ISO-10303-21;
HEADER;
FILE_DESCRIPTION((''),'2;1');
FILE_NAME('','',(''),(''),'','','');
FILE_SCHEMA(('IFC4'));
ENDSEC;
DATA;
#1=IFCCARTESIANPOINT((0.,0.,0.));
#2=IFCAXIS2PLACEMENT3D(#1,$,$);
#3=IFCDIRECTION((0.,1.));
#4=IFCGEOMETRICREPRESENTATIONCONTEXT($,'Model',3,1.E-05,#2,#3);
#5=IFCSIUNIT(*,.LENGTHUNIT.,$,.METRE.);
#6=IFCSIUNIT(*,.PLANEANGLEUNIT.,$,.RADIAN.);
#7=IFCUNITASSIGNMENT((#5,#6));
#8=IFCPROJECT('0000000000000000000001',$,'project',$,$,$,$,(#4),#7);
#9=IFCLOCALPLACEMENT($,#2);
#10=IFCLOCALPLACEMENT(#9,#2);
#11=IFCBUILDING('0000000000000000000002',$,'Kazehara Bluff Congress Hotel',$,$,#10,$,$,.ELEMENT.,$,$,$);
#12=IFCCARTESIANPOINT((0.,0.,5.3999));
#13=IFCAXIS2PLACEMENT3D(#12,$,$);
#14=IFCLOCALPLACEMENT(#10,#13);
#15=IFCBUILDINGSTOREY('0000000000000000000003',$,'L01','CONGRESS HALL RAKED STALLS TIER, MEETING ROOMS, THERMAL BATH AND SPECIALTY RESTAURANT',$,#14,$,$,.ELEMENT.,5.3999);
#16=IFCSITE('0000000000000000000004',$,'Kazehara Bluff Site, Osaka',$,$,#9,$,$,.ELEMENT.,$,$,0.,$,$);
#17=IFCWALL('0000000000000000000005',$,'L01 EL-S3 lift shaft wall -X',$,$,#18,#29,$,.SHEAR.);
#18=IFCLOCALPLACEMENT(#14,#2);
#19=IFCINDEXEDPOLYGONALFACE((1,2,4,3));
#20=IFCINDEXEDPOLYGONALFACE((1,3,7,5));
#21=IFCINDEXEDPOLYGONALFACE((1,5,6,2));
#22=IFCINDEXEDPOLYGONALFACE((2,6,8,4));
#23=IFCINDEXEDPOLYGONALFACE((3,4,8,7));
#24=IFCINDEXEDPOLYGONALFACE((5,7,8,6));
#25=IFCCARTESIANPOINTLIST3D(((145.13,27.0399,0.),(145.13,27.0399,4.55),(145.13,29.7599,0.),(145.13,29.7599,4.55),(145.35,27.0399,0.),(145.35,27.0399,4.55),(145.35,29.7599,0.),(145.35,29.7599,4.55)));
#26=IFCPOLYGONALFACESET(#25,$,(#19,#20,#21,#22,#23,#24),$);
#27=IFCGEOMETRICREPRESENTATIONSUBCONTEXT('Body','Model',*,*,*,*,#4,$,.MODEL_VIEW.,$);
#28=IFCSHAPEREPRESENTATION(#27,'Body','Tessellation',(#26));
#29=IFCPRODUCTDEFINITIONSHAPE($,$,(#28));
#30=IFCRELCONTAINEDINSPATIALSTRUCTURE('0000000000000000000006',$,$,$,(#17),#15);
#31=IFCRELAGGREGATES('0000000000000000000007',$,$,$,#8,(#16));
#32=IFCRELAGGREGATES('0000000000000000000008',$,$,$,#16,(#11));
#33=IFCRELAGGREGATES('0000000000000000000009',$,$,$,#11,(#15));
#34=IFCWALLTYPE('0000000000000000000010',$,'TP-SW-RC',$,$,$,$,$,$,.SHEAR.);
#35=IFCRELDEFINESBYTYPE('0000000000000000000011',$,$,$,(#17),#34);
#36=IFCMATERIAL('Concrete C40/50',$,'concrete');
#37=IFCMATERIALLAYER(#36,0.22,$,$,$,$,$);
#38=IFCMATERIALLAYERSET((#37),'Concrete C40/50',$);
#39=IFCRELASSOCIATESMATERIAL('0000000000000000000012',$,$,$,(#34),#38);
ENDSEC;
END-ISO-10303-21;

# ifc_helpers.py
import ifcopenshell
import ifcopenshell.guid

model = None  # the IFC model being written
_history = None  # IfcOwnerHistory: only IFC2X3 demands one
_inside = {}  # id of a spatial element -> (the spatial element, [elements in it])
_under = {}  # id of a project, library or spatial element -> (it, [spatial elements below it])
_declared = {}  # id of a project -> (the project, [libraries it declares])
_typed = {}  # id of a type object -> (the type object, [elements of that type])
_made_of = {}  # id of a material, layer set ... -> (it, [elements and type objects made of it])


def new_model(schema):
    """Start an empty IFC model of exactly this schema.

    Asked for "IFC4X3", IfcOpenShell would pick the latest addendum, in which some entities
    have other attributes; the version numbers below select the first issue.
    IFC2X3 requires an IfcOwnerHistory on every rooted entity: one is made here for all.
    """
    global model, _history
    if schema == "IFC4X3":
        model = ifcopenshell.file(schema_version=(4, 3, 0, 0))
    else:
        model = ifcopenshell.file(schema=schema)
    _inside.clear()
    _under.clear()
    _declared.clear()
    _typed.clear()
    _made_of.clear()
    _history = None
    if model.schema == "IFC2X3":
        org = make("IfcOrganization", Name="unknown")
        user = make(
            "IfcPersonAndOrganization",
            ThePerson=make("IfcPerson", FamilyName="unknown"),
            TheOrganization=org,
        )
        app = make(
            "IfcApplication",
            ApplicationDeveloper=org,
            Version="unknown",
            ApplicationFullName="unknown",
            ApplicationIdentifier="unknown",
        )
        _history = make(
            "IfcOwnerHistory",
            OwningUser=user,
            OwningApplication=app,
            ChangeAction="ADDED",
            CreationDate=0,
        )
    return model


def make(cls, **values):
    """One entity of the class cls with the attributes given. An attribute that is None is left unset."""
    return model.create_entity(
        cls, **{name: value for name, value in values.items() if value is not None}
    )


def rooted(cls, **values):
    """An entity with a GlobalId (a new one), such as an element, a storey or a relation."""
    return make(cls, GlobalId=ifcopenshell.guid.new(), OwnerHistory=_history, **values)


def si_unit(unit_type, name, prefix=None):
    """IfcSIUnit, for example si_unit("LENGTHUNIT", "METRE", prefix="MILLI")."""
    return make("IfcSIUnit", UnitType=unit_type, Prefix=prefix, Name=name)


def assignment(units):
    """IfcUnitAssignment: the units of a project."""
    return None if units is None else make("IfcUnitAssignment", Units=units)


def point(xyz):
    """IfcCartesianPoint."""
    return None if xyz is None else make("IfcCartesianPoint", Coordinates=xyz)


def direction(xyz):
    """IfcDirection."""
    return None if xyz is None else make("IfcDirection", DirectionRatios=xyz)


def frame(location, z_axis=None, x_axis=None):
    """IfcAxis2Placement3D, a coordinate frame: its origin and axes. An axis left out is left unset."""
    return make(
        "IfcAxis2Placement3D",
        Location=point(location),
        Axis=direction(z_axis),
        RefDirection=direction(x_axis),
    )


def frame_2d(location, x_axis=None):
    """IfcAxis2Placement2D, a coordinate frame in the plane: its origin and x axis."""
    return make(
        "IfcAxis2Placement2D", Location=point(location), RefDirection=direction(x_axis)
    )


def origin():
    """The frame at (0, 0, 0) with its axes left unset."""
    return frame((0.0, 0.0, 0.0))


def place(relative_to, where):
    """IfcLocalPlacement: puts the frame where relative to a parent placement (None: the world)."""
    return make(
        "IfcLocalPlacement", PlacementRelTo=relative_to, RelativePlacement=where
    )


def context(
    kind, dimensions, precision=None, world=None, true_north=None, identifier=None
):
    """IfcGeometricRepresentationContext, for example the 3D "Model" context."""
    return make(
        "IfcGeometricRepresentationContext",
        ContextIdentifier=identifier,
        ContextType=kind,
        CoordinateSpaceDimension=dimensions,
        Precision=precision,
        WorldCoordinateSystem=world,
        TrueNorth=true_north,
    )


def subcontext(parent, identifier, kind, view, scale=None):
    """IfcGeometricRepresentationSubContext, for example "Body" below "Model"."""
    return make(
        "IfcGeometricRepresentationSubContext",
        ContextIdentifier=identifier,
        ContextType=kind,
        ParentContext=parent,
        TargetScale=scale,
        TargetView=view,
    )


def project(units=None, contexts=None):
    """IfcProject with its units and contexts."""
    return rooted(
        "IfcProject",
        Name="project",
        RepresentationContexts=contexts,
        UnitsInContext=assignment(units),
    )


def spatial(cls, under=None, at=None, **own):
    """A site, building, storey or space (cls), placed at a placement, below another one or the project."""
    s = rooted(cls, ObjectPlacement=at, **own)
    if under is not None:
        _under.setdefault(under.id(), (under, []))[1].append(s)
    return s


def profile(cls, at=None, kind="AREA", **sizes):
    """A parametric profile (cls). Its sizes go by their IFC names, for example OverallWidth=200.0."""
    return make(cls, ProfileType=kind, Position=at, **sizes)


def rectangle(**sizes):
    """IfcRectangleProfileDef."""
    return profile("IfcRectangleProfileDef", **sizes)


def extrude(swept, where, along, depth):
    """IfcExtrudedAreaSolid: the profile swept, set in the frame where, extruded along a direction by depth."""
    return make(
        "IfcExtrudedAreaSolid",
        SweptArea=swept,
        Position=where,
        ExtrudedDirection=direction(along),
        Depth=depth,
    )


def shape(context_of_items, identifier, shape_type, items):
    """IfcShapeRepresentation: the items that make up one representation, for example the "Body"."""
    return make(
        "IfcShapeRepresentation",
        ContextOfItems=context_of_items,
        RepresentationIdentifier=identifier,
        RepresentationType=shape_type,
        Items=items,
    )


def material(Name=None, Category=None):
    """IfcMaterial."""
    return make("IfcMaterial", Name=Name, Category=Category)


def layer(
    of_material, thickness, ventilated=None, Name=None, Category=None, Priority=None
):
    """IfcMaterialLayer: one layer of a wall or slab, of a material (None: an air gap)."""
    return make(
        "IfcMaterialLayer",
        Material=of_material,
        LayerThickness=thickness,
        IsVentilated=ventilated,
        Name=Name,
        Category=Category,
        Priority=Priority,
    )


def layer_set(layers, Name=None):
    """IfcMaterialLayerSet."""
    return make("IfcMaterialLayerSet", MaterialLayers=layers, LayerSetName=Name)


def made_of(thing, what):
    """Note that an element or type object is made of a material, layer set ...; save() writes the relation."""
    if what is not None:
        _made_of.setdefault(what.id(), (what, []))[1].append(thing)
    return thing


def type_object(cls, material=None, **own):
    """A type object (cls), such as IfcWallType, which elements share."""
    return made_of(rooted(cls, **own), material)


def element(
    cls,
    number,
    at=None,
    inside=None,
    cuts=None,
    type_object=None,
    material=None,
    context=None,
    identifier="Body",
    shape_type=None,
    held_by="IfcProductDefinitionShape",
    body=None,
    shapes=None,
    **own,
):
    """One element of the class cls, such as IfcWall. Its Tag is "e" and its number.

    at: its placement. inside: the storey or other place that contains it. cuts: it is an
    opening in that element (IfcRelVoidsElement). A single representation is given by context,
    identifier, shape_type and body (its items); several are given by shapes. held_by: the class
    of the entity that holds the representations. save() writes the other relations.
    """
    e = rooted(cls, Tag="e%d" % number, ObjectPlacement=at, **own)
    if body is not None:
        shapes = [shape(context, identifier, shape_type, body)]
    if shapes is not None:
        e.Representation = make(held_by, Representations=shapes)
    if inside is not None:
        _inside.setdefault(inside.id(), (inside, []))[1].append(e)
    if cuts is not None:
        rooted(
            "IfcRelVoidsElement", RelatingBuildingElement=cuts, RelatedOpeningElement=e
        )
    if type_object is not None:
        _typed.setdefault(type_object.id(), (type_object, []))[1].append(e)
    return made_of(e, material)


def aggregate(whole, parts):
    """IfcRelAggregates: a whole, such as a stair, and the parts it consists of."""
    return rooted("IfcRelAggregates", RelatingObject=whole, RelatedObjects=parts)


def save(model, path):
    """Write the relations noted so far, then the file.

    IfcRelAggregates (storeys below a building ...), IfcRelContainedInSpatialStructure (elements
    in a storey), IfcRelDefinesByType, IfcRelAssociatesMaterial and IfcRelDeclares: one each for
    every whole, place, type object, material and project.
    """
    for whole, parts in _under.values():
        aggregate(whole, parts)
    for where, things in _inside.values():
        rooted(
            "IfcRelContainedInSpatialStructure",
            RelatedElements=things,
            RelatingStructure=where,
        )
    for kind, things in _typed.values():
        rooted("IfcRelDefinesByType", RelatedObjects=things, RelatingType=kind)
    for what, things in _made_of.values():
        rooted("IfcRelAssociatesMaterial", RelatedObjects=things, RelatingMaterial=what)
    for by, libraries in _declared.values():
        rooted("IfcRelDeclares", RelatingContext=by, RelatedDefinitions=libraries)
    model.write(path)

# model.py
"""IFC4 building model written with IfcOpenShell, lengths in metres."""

from ifc_helpers import new_model, si_unit, direction, frame, frame_2d, origin, place, context, subcontext, project, spatial, rectangle, extrude, material, layer, layer_set, type_object, element, save


model = new_model("IFC4")

# Units and contexts
model_context = context("Model", 3, precision=1e-05, world=origin(), true_north=direction((0.0, 1.0)))
body_context = subcontext(model_context, "Body", "Model", "MODEL_VIEW")
ifc_project = project(units=[si_unit("LENGTHUNIT", "METRE"), si_unit("PLANEANGLEUNIT", "RADIAN")], contexts=[model_context])

# Site, building, storey
site_placement = place(None, origin())
site = spatial("IfcSite", under=ifc_project, at=site_placement, Name="Kazehara Bluff Site, Osaka", CompositionType="ELEMENT", RefElevation=0.0)
building_placement = place(site_placement, origin())
building = spatial("IfcBuilding", under=site, at=building_placement, Name="Kazehara Bluff Congress Hotel", CompositionType="ELEMENT")
storey_placement = place(building_placement, frame((0.0, 0.0, 5.3999)))
storey = spatial("IfcBuildingStorey", under=building, at=storey_placement, Name="L01", Description="CONGRESS HALL RAKED STALLS TIER, MEETING ROOMS, THERMAL BATH AND SPECIALTY RESTAURANT", CompositionType="ELEMENT", Elevation=5.3999)

# Shared definitions
ifc_material_1 = material(Name="Concrete C40/50", Category="concrete")
ifc_layer_1 = layer(ifc_material_1, 0.22)
ifc_layer_set_1 = layer_set([ifc_layer_1], Name="Concrete C40/50")
wall_type_1 = type_object("IfcWallType", Name="TP-SW-RC", PredefinedType="SHEAR", material=ifc_layer_set_1)

# Wall
wall_1_placement = place(storey_placement, frame((145.24, 27.04, 0.0), z_axis=(0.0, 0.0, 1.0), x_axis=(0.0, 1.0, 0.0)))
element("IfcWall", 1, at=wall_1_placement, inside=storey, type_object=wall_type_1, Name="L01 EL-S3 lift shaft wall -X", PredefinedType="SHEAR", context=body_context, shape_type="SweptSolid", body=[
    extrude(rectangle(XDim=2.72, YDim=0.22, at=frame_2d((1.3599, 0.0))), origin(), (0.0, 0.0, 1.0), 4.55),
])

save(model, "model.ifc")
